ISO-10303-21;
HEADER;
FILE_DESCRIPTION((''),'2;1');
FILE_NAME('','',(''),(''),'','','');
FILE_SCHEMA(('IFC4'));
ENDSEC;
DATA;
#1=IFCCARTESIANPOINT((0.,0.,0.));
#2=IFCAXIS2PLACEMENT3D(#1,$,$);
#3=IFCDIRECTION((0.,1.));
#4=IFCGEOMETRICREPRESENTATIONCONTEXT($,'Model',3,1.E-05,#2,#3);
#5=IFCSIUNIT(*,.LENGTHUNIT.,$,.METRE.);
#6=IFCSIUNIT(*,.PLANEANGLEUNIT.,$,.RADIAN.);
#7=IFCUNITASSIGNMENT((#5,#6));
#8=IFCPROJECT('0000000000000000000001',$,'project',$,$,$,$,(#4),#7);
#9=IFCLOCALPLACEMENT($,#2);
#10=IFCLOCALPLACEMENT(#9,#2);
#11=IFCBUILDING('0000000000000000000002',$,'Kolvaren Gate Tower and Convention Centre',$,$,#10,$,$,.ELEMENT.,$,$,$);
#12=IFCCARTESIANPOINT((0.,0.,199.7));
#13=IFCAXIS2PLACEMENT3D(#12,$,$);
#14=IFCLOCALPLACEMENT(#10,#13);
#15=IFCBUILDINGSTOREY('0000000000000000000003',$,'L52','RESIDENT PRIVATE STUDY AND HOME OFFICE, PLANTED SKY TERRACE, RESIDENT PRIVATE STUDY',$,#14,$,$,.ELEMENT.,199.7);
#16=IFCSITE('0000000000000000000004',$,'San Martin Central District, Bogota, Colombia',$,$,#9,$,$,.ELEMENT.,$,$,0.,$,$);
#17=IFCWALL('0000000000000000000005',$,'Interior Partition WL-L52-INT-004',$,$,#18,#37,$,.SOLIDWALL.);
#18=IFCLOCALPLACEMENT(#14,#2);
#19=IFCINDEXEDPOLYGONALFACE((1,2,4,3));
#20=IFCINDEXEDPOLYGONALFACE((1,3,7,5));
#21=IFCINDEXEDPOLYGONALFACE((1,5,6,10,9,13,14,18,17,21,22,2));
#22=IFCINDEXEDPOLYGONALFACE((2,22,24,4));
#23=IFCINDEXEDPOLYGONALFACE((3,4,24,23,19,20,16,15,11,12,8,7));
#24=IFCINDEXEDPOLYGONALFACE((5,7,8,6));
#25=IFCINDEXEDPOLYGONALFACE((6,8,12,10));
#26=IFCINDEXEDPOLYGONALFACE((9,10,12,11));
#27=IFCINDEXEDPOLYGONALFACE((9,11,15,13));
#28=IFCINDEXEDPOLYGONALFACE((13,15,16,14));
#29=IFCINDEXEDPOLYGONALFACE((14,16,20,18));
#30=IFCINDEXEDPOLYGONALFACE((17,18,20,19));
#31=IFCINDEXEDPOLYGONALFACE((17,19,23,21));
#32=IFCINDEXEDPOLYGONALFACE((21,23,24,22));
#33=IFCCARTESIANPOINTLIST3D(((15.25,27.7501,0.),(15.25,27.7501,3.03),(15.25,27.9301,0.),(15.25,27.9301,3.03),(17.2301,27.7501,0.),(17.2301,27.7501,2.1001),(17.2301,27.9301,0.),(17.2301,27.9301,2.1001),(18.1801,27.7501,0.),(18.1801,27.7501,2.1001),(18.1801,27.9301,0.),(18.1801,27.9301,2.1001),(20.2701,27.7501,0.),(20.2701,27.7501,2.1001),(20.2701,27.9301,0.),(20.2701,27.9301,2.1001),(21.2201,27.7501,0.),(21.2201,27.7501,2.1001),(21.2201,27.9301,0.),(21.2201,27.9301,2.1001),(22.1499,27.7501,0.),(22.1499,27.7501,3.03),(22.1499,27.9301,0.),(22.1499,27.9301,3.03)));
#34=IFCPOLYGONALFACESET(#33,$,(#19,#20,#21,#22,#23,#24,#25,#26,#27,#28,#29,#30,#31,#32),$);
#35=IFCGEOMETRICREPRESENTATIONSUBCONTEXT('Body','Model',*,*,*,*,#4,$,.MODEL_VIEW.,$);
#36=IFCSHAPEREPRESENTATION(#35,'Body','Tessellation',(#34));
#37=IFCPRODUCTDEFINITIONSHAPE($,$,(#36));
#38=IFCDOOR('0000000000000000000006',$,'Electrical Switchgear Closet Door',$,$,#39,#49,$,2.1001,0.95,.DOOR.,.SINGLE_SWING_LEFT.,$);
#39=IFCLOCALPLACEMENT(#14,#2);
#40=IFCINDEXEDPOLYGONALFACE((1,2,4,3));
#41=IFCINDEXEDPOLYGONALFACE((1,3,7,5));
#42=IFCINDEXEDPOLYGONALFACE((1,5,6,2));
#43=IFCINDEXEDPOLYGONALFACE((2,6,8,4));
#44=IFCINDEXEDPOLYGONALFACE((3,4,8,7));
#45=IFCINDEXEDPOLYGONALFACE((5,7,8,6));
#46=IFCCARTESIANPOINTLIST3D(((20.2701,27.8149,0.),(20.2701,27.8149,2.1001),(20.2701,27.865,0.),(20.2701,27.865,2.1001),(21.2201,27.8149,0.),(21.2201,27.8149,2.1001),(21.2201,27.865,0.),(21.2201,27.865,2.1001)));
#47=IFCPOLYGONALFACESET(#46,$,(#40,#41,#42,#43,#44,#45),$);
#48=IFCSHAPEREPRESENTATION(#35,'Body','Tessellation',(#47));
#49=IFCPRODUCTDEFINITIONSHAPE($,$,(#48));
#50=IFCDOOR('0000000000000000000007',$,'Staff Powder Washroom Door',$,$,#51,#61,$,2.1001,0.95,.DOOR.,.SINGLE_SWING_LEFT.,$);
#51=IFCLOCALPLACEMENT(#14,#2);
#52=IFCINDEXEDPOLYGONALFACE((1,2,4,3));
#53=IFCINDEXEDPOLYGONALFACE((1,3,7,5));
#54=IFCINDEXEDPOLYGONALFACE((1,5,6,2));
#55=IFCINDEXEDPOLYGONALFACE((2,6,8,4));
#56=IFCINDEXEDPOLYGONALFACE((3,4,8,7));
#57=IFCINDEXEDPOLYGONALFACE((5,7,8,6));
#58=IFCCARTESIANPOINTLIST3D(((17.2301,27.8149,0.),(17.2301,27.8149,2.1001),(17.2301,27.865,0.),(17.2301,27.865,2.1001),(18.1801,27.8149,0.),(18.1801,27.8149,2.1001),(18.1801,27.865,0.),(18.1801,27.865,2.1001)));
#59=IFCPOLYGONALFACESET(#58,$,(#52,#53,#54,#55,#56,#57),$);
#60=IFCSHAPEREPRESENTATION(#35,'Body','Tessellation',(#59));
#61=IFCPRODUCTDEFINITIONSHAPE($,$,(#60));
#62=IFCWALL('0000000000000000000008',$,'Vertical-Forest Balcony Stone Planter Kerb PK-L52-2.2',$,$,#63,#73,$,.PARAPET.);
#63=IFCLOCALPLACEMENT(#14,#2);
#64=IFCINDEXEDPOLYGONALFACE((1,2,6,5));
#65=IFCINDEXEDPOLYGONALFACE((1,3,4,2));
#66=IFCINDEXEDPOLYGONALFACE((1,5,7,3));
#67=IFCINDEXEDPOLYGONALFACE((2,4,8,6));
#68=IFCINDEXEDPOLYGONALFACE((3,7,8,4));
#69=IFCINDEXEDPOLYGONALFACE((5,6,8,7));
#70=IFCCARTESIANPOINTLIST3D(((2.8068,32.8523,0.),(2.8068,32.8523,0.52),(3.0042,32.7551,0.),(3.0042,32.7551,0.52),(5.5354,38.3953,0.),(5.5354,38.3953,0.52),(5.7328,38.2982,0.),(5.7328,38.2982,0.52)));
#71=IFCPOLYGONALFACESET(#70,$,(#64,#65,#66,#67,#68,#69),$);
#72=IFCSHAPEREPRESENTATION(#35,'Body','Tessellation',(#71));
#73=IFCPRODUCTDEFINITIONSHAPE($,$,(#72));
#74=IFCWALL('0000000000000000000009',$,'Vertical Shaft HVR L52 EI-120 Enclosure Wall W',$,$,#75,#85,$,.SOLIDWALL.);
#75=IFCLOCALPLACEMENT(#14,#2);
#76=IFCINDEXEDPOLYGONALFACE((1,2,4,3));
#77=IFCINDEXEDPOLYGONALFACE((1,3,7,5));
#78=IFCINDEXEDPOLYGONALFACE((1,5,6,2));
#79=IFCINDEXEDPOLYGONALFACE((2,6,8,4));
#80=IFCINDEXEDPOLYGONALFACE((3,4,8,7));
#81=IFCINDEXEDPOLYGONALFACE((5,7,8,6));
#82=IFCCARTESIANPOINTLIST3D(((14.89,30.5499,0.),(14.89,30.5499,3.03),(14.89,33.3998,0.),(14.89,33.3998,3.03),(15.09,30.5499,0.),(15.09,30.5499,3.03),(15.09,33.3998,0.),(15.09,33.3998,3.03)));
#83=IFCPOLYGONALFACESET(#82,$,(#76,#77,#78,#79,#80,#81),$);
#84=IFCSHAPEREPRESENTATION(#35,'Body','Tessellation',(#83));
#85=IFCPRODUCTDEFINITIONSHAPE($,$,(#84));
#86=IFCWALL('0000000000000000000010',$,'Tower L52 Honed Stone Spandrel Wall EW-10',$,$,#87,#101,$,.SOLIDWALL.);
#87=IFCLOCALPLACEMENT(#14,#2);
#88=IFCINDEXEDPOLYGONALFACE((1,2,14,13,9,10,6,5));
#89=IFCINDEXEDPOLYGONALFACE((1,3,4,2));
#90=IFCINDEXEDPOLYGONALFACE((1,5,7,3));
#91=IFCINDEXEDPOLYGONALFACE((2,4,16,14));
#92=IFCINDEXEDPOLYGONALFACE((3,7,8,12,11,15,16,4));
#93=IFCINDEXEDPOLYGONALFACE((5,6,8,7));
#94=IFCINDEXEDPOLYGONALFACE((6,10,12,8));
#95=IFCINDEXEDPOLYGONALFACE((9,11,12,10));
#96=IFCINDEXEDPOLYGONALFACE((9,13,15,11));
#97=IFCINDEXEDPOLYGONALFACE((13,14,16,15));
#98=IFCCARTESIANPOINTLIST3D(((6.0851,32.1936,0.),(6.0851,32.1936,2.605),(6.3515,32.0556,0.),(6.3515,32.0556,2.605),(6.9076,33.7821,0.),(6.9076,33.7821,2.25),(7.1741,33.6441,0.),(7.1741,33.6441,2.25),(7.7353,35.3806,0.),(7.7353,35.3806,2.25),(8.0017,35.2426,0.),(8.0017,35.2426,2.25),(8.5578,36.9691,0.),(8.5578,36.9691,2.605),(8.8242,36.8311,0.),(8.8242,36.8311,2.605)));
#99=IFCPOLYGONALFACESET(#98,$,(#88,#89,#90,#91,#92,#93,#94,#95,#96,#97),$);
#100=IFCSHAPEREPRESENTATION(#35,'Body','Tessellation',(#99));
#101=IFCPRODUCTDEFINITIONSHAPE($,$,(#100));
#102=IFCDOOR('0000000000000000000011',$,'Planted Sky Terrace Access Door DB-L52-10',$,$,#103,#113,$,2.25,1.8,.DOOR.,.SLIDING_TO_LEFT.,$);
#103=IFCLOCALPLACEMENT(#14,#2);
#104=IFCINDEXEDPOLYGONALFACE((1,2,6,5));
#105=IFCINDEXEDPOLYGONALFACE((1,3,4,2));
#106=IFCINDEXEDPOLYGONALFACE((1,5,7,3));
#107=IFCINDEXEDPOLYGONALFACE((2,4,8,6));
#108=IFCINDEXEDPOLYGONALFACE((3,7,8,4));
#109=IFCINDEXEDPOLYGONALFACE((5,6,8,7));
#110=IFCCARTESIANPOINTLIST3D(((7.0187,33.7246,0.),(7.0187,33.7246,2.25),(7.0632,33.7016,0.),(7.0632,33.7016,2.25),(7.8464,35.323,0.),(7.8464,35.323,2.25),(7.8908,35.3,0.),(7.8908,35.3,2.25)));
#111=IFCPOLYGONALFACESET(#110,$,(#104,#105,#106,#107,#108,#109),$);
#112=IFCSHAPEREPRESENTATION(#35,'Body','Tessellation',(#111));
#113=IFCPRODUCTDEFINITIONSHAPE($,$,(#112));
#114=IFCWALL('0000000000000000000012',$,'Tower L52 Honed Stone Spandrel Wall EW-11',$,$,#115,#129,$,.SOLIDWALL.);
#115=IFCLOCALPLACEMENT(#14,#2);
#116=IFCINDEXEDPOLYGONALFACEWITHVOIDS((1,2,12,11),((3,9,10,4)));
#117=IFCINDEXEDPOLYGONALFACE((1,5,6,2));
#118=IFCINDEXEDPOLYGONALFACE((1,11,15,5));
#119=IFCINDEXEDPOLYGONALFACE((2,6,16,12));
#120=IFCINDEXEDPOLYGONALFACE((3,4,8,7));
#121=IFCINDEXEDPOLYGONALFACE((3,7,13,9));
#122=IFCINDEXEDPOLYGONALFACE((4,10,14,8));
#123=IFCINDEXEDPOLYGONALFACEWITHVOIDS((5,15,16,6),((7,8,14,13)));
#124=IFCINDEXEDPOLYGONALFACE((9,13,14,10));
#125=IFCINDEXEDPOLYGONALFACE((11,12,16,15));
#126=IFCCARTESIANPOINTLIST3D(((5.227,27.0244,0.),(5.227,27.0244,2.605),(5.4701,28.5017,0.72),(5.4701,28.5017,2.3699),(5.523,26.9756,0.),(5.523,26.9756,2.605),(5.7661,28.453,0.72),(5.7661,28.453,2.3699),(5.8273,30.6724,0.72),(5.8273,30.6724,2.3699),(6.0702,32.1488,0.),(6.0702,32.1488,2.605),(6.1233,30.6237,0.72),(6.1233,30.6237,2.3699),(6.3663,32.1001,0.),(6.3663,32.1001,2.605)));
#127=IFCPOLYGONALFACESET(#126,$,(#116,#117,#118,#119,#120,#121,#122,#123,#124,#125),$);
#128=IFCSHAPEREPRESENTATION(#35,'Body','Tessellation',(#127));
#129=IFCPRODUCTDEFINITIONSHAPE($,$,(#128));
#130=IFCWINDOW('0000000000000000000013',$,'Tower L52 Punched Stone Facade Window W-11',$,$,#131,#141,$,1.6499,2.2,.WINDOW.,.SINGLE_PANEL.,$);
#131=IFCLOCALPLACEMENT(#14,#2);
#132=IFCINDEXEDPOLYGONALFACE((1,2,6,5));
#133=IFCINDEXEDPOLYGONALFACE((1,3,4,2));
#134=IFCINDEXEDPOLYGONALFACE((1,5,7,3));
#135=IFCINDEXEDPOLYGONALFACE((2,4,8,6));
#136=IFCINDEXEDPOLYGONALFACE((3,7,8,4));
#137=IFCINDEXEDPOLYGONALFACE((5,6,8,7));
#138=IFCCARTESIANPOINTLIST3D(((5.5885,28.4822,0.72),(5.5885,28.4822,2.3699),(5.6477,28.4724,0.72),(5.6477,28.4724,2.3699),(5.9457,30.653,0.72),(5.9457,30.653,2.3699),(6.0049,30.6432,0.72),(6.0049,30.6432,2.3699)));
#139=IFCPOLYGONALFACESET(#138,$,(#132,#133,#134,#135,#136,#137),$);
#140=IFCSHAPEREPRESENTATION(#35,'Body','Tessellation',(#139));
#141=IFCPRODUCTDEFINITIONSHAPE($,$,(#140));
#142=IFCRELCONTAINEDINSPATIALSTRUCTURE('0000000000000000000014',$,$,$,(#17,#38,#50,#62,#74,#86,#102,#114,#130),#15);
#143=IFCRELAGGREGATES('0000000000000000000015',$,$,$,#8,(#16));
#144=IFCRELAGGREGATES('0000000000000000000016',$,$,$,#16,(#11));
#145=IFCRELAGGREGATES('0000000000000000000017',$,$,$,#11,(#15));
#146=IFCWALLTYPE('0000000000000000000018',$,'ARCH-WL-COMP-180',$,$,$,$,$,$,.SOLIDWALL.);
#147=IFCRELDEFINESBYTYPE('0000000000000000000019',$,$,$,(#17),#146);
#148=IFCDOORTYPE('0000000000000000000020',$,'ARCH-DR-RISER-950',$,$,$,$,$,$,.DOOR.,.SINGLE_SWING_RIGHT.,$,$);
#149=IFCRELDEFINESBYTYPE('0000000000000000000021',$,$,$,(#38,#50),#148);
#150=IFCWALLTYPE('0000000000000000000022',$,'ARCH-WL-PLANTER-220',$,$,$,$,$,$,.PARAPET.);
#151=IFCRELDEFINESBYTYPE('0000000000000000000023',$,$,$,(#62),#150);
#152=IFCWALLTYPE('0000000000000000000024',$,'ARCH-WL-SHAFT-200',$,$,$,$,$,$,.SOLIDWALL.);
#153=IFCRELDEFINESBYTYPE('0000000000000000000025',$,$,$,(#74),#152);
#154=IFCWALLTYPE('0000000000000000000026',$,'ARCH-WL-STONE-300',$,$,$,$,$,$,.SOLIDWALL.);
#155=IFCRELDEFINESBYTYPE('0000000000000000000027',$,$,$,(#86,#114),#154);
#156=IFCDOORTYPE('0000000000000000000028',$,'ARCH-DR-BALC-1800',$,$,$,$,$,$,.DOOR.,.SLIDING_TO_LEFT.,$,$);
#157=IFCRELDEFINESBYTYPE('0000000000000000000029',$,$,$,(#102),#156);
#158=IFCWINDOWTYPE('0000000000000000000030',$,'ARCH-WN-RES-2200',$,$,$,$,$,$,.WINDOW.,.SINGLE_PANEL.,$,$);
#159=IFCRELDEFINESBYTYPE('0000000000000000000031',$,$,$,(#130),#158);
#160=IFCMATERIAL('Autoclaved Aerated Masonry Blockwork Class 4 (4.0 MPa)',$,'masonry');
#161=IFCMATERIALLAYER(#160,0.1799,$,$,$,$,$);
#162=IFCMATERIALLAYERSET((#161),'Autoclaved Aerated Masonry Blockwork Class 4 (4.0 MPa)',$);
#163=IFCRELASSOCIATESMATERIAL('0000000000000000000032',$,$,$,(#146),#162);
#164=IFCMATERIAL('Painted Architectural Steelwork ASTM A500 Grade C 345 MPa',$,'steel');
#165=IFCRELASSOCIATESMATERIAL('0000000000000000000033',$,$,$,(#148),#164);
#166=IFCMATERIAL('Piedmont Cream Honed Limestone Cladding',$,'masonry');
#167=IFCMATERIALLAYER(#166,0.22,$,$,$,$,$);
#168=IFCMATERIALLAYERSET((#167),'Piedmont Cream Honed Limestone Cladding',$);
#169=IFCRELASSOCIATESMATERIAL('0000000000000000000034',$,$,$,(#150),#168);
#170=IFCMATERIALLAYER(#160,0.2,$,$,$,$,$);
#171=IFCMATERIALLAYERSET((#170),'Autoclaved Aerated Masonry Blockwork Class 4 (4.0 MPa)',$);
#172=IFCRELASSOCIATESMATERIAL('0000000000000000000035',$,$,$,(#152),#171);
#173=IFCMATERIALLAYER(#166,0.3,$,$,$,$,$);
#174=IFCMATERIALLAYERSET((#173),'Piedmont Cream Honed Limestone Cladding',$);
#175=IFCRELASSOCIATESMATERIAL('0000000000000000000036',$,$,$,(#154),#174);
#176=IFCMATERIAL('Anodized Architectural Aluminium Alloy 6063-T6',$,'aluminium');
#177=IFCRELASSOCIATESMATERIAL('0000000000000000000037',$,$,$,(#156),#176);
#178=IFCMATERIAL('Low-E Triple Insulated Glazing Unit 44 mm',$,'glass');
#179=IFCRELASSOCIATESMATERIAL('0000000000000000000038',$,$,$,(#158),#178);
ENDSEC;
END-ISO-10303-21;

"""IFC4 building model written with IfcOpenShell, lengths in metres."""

from ifc_helpers import new_model, si_unit, direction, frame, frame_2d, origin, place, context, subcontext, project, spatial, rectangle, extrude, material, layer, layer_set, type_object, element, fill, save


model = new_model("IFC4")

# Units and contexts
model_context = context("Model", 3, precision=1e-05, world=origin(), true_north=direction((0.0, 1.0)))
body_context = subcontext(model_context, "Body", "Model", "MODEL_VIEW")
ifc_project = project(units=[si_unit("LENGTHUNIT", "METRE"), si_unit("PLANEANGLEUNIT", "RADIAN")], contexts=[model_context])

# Site, building, storey
site_placement = place(None, origin())
site = spatial("IfcSite", under=ifc_project, at=site_placement, Name="San Martin Central District, Bogota, Colombia", CompositionType="ELEMENT", RefElevation=0.0)
building_placement = place(site_placement, origin())
building = spatial("IfcBuilding", under=site, at=building_placement, Name="Kolvaren Gate Tower and Convention Centre", CompositionType="ELEMENT")
storey_placement = place(building_placement, frame((0.0, 0.0, 199.7)))
storey = spatial("IfcBuildingStorey", under=building, at=storey_placement, Name="L52", Description="RESIDENT PRIVATE STUDY AND HOME OFFICE, PLANTED SKY TERRACE, RESIDENT PRIVATE STUDY", CompositionType="ELEMENT", Elevation=199.7)

# Wall, openings, doors
ifc_material_1 = material(Name="Autoclaved Aerated Masonry Blockwork Class 4 (4.0 MPa)", Category="masonry")
ifc_layer_1 = layer(ifc_material_1, 0.1799)
ifc_layer_set_1 = layer_set([ifc_layer_1], Name="Autoclaved Aerated Masonry Blockwork Class 4 (4.0 MPa)")
wall_type_1 = type_object("IfcWallType", Name="ARCH-WL-COMP-180", PredefinedType="SOLIDWALL", material=ifc_layer_set_1)
wall_1_placement = place(storey_placement, frame((15.25, 27.8401, 0.0), z_axis=(0.0, 0.0, 1.0), x_axis=(1.0, 0.0, 0.0)))
wall_1 = element("IfcWall", 1, at=wall_1_placement, inside=storey, type_object=wall_type_1, Name="Interior Partition WL-L52-INT-004", PredefinedType="SOLIDWALL", context=body_context, shape_type="SweptSolid", body=[
    extrude(rectangle(XDim=6.8999, YDim=0.1799, at=frame_2d((3.45, 0.0))), origin(), (0.0, 0.0, 1.0), 3.03),
])
opening_1_placement = place(wall_1_placement, frame((5.02, 0.0, 0.0)))
opening_1 = element("IfcOpeningElement", 2, at=opening_1_placement, cuts=wall_1, PredefinedType="OPENING", context=body_context, shape_type="SweptSolid", body=[
    extrude(rectangle(XDim=0.95, YDim=2.1001, at=frame_2d((0.4751, 1.05))), frame((0.0, 0.0999, 0.0), z_axis=(0.0, -1.0, 0.0), x_axis=(1.0, 0.0, 0.0)), (0.0, 0.0, 1.0), 0.2),
])
opening_2_placement = place(wall_1_placement, frame((1.98, 0.0, 0.0)))
opening_2 = element("IfcOpeningElement", 3, at=opening_2_placement, cuts=wall_1, PredefinedType="OPENING", context=body_context, shape_type="SweptSolid", body=[
    extrude(rectangle(XDim=0.95, YDim=2.1001, at=frame_2d((0.4751, 1.05))), frame((0.0, 0.0999, 0.0), z_axis=(0.0, -1.0, 0.0), x_axis=(1.0, 0.0, 0.0)), (0.0, 0.0, 1.0), 0.2),
])
ifc_material_2 = material(Name="Painted Architectural Steelwork ASTM A500 Grade C 345 MPa", Category="steel")
door_type_1 = type_object("IfcDoorType", Name="ARCH-DR-RISER-950", OperationType="SINGLE_SWING_RIGHT", PredefinedType="DOOR", material=ifc_material_2)
door_1_placement = place(opening_1_placement, origin())
door_1 = element("IfcDoor", 4, at=door_1_placement, inside=storey, type_object=door_type_1, Name="Electrical Switchgear Closet Door", OperationType="SINGLE_SWING_LEFT", OverallHeight=2.1001, OverallWidth=0.95, PredefinedType="DOOR", context=body_context, shape_type="SweptSolid", body=[
    extrude(rectangle(XDim=0.95, YDim=2.1001, at=frame_2d((0.4751, 1.05))), frame((0.0, 0.0249, 0.0), z_axis=(0.0, -1.0, 0.0), x_axis=(1.0, 0.0, 0.0)), (0.0, 0.0, 1.0), 0.05),
])
fill(opening_1, door_1)
door_2_placement = place(opening_2_placement, origin())
door_2 = element("IfcDoor", 5, at=door_2_placement, inside=storey, type_object=door_type_1, Name="Staff Powder Washroom Door", OperationType="SINGLE_SWING_LEFT", OverallHeight=2.1001, OverallWidth=0.95, PredefinedType="DOOR", context=body_context, shape_type="SweptSolid", body=[
    extrude(rectangle(XDim=0.95, YDim=2.1001, at=frame_2d((0.4751, 1.05))), frame((0.0, 0.0249, 0.0), z_axis=(0.0, -1.0, 0.0), x_axis=(1.0, 0.0, 0.0)), (0.0, 0.0, 1.0), 0.05),
])
fill(opening_2, door_2)

# Walls
ifc_material_3 = material(Name="Piedmont Cream Honed Limestone Cladding", Category="masonry")
ifc_layer_2 = layer(ifc_material_3, 0.22)
ifc_layer_set_2 = layer_set([ifc_layer_2], Name="Piedmont Cream Honed Limestone Cladding")
wall_type_2 = type_object("IfcWallType", Name="ARCH-WL-PLANTER-220", PredefinedType="PARAPET", material=ifc_layer_set_2)
wall_2_placement = place(storey_placement, frame((2.9055, 32.8037, 0.0), z_axis=(0.0, 0.0, 1.0), x_axis=(0.441641, 0.897192, 0.0)))
element("IfcWall", 6, at=wall_2_placement, inside=storey, type_object=wall_type_2, Name="Vertical-Forest Balcony Stone Planter Kerb PK-L52-2.2", PredefinedType="PARAPET", context=body_context, shape_type="SweptSolid", body=[
    extrude(rectangle(XDim=6.1782, YDim=0.22, at=frame_2d((3.0891, 0.0))), origin(), (0.0, 0.0, 1.0), 0.52),
])
ifc_layer_3 = layer(ifc_material_1, 0.2)
ifc_layer_set_3 = layer_set([ifc_layer_3], Name="Autoclaved Aerated Masonry Blockwork Class 4 (4.0 MPa)")
wall_type_3 = type_object("IfcWallType", Name="ARCH-WL-SHAFT-200", PredefinedType="SOLIDWALL", material=ifc_layer_set_3)
wall_3_placement = place(storey_placement, frame((14.99, 30.55, 0.0), z_axis=(0.0, 0.0, 1.0), x_axis=(0.0, 1.0, 0.0)))
element("IfcWall", 7, at=wall_3_placement, inside=storey, type_object=wall_type_3, Name="Vertical Shaft HVR L52 EI-120 Enclosure Wall W", PredefinedType="SOLIDWALL", context=body_context, shape_type="SweptSolid", body=[
    extrude(rectangle(XDim=2.8499, YDim=0.2, at=frame_2d((1.4248, 0.0))), origin(), (0.0, 0.0, 1.0), 3.03),
])

# Wall, opening, door
ifc_layer_4 = layer(ifc_material_3, 0.3)
ifc_layer_set_4 = layer_set([ifc_layer_4], Name="Piedmont Cream Honed Limestone Cladding")
wall_type_4 = type_object("IfcWallType", Name="ARCH-WL-STONE-300", PredefinedType="SOLIDWALL", material=ifc_layer_set_4)
wall_4_placement = place(storey_placement, frame((6.2183, 32.1245, 0.0), z_axis=(0.0, 0.0, 1.0), x_axis=(0.459808, 0.888018, 0.0)))
wall_4 = element("IfcWall", 8, at=wall_4_placement, inside=storey, type_object=wall_type_4, Name="Tower L52 Honed Stone Spandrel Wall EW-10", PredefinedType="SOLIDWALL", context=body_context, shape_type="SweptSolid", body=[
    extrude(rectangle(XDim=5.3777, YDim=0.3, at=frame_2d((2.689, 0.0))), origin(), (0.0, 0.0, 1.0), 2.605),
])
opening_3_placement = place(wall_4_placement, frame((1.7891, 0.0, 0.0)))
opening_3 = element("IfcOpeningElement", 9, at=opening_3_placement, cuts=wall_4, PredefinedType="OPENING", context=body_context, shape_type="SweptSolid", body=[
    extrude(rectangle(XDim=1.8, YDim=2.25, at=frame_2d((0.8999, 1.125))), frame((0.0, 0.1599, 0.0), z_axis=(0.0, -1.0, 0.0), x_axis=(1.0, 0.0, 0.0)), (0.0, 0.0, 1.0), 0.3201),
])
ifc_material_4 = material(Name="Anodized Architectural Aluminium Alloy 6063-T6", Category="aluminium")
door_type_2 = type_object("IfcDoorType", Name="ARCH-DR-BALC-1800", OperationType="SLIDING_TO_LEFT", PredefinedType="DOOR", material=ifc_material_4)
door_3_placement = place(opening_3_placement, origin())
door_3 = element("IfcDoor", 10, at=door_3_placement, inside=storey, type_object=door_type_2, Name="Planted Sky Terrace Access Door DB-L52-10", OperationType="SLIDING_TO_LEFT", OverallHeight=2.25, OverallWidth=1.8, PredefinedType="DOOR", context=body_context, shape_type="SweptSolid", body=[
    extrude(rectangle(XDim=1.8, YDim=2.25, at=frame_2d((0.8999, 1.125))), frame((0.0, 0.0249, 0.0), z_axis=(0.0, -1.0, 0.0), x_axis=(1.0, 0.0, 0.0)), (0.0, 0.0, 1.0), 0.05),
])
fill(opening_3, door_3)

# Wall, opening, window
wall_5_placement = place(storey_placement, frame((5.375, 27.0, 0.0), z_axis=(0.0, 0.0, 1.0), x_axis=(0.162371, 0.98673, 0.0)))
wall_5 = element("IfcWall", 11, at=wall_5_placement, inside=storey, type_object=wall_type_4, Name="Tower L52 Honed Stone Spandrel Wall EW-11", PredefinedType="SOLIDWALL", context=body_context, shape_type="SweptSolid", body=[
    extrude(rectangle(XDim=5.1934, YDim=0.3, at=frame_2d((2.5967, 0.0))), origin(), (0.0, 0.0, 1.0), 2.605),
])
opening_4_placement = place(wall_5_placement, frame((1.4971, 0.0, 0.72)))
opening_4 = element("IfcOpeningElement", 12, at=opening_4_placement, cuts=wall_5, PredefinedType="OPENING", context=body_context, shape_type="SweptSolid", body=[
    extrude(rectangle(XDim=2.2, YDim=1.6499, at=frame_2d((1.1001, 0.825))), frame((0.0, 0.1599, 0.0), z_axis=(0.0, -1.0, 0.0), x_axis=(1.0, 0.0, 0.0)), (0.0, 0.0, 1.0), 0.3201),
])
ifc_material_5 = material(Name="Low-E Triple Insulated Glazing Unit 44 mm", Category="glass")
window_type = type_object("IfcWindowType", Name="ARCH-WN-RES-2200", PartitioningType="SINGLE_PANEL", PredefinedType="WINDOW", material=ifc_material_5)
window_1_placement = place(opening_4_placement, origin())
window_1 = element("IfcWindow", 13, at=window_1_placement, inside=storey, type_object=window_type, Name="Tower L52 Punched Stone Facade Window W-11", OverallHeight=1.6499, OverallWidth=2.2, PartitioningType="SINGLE_PANEL", PredefinedType="WINDOW", context=body_context, shape_type="SweptSolid", body=[
    extrude(rectangle(XDim=2.2, YDim=1.6499, at=frame_2d((1.1001, 0.825))), frame((0.0, 0.03, 0.0), z_axis=(0.0, -1.0, 0.0), x_axis=(1.0, 0.0, 0.0)), (0.0, 0.0, 1.0), 0.0601),
])
fill(opening_4, window_1)

save(model, "model.ifc")
